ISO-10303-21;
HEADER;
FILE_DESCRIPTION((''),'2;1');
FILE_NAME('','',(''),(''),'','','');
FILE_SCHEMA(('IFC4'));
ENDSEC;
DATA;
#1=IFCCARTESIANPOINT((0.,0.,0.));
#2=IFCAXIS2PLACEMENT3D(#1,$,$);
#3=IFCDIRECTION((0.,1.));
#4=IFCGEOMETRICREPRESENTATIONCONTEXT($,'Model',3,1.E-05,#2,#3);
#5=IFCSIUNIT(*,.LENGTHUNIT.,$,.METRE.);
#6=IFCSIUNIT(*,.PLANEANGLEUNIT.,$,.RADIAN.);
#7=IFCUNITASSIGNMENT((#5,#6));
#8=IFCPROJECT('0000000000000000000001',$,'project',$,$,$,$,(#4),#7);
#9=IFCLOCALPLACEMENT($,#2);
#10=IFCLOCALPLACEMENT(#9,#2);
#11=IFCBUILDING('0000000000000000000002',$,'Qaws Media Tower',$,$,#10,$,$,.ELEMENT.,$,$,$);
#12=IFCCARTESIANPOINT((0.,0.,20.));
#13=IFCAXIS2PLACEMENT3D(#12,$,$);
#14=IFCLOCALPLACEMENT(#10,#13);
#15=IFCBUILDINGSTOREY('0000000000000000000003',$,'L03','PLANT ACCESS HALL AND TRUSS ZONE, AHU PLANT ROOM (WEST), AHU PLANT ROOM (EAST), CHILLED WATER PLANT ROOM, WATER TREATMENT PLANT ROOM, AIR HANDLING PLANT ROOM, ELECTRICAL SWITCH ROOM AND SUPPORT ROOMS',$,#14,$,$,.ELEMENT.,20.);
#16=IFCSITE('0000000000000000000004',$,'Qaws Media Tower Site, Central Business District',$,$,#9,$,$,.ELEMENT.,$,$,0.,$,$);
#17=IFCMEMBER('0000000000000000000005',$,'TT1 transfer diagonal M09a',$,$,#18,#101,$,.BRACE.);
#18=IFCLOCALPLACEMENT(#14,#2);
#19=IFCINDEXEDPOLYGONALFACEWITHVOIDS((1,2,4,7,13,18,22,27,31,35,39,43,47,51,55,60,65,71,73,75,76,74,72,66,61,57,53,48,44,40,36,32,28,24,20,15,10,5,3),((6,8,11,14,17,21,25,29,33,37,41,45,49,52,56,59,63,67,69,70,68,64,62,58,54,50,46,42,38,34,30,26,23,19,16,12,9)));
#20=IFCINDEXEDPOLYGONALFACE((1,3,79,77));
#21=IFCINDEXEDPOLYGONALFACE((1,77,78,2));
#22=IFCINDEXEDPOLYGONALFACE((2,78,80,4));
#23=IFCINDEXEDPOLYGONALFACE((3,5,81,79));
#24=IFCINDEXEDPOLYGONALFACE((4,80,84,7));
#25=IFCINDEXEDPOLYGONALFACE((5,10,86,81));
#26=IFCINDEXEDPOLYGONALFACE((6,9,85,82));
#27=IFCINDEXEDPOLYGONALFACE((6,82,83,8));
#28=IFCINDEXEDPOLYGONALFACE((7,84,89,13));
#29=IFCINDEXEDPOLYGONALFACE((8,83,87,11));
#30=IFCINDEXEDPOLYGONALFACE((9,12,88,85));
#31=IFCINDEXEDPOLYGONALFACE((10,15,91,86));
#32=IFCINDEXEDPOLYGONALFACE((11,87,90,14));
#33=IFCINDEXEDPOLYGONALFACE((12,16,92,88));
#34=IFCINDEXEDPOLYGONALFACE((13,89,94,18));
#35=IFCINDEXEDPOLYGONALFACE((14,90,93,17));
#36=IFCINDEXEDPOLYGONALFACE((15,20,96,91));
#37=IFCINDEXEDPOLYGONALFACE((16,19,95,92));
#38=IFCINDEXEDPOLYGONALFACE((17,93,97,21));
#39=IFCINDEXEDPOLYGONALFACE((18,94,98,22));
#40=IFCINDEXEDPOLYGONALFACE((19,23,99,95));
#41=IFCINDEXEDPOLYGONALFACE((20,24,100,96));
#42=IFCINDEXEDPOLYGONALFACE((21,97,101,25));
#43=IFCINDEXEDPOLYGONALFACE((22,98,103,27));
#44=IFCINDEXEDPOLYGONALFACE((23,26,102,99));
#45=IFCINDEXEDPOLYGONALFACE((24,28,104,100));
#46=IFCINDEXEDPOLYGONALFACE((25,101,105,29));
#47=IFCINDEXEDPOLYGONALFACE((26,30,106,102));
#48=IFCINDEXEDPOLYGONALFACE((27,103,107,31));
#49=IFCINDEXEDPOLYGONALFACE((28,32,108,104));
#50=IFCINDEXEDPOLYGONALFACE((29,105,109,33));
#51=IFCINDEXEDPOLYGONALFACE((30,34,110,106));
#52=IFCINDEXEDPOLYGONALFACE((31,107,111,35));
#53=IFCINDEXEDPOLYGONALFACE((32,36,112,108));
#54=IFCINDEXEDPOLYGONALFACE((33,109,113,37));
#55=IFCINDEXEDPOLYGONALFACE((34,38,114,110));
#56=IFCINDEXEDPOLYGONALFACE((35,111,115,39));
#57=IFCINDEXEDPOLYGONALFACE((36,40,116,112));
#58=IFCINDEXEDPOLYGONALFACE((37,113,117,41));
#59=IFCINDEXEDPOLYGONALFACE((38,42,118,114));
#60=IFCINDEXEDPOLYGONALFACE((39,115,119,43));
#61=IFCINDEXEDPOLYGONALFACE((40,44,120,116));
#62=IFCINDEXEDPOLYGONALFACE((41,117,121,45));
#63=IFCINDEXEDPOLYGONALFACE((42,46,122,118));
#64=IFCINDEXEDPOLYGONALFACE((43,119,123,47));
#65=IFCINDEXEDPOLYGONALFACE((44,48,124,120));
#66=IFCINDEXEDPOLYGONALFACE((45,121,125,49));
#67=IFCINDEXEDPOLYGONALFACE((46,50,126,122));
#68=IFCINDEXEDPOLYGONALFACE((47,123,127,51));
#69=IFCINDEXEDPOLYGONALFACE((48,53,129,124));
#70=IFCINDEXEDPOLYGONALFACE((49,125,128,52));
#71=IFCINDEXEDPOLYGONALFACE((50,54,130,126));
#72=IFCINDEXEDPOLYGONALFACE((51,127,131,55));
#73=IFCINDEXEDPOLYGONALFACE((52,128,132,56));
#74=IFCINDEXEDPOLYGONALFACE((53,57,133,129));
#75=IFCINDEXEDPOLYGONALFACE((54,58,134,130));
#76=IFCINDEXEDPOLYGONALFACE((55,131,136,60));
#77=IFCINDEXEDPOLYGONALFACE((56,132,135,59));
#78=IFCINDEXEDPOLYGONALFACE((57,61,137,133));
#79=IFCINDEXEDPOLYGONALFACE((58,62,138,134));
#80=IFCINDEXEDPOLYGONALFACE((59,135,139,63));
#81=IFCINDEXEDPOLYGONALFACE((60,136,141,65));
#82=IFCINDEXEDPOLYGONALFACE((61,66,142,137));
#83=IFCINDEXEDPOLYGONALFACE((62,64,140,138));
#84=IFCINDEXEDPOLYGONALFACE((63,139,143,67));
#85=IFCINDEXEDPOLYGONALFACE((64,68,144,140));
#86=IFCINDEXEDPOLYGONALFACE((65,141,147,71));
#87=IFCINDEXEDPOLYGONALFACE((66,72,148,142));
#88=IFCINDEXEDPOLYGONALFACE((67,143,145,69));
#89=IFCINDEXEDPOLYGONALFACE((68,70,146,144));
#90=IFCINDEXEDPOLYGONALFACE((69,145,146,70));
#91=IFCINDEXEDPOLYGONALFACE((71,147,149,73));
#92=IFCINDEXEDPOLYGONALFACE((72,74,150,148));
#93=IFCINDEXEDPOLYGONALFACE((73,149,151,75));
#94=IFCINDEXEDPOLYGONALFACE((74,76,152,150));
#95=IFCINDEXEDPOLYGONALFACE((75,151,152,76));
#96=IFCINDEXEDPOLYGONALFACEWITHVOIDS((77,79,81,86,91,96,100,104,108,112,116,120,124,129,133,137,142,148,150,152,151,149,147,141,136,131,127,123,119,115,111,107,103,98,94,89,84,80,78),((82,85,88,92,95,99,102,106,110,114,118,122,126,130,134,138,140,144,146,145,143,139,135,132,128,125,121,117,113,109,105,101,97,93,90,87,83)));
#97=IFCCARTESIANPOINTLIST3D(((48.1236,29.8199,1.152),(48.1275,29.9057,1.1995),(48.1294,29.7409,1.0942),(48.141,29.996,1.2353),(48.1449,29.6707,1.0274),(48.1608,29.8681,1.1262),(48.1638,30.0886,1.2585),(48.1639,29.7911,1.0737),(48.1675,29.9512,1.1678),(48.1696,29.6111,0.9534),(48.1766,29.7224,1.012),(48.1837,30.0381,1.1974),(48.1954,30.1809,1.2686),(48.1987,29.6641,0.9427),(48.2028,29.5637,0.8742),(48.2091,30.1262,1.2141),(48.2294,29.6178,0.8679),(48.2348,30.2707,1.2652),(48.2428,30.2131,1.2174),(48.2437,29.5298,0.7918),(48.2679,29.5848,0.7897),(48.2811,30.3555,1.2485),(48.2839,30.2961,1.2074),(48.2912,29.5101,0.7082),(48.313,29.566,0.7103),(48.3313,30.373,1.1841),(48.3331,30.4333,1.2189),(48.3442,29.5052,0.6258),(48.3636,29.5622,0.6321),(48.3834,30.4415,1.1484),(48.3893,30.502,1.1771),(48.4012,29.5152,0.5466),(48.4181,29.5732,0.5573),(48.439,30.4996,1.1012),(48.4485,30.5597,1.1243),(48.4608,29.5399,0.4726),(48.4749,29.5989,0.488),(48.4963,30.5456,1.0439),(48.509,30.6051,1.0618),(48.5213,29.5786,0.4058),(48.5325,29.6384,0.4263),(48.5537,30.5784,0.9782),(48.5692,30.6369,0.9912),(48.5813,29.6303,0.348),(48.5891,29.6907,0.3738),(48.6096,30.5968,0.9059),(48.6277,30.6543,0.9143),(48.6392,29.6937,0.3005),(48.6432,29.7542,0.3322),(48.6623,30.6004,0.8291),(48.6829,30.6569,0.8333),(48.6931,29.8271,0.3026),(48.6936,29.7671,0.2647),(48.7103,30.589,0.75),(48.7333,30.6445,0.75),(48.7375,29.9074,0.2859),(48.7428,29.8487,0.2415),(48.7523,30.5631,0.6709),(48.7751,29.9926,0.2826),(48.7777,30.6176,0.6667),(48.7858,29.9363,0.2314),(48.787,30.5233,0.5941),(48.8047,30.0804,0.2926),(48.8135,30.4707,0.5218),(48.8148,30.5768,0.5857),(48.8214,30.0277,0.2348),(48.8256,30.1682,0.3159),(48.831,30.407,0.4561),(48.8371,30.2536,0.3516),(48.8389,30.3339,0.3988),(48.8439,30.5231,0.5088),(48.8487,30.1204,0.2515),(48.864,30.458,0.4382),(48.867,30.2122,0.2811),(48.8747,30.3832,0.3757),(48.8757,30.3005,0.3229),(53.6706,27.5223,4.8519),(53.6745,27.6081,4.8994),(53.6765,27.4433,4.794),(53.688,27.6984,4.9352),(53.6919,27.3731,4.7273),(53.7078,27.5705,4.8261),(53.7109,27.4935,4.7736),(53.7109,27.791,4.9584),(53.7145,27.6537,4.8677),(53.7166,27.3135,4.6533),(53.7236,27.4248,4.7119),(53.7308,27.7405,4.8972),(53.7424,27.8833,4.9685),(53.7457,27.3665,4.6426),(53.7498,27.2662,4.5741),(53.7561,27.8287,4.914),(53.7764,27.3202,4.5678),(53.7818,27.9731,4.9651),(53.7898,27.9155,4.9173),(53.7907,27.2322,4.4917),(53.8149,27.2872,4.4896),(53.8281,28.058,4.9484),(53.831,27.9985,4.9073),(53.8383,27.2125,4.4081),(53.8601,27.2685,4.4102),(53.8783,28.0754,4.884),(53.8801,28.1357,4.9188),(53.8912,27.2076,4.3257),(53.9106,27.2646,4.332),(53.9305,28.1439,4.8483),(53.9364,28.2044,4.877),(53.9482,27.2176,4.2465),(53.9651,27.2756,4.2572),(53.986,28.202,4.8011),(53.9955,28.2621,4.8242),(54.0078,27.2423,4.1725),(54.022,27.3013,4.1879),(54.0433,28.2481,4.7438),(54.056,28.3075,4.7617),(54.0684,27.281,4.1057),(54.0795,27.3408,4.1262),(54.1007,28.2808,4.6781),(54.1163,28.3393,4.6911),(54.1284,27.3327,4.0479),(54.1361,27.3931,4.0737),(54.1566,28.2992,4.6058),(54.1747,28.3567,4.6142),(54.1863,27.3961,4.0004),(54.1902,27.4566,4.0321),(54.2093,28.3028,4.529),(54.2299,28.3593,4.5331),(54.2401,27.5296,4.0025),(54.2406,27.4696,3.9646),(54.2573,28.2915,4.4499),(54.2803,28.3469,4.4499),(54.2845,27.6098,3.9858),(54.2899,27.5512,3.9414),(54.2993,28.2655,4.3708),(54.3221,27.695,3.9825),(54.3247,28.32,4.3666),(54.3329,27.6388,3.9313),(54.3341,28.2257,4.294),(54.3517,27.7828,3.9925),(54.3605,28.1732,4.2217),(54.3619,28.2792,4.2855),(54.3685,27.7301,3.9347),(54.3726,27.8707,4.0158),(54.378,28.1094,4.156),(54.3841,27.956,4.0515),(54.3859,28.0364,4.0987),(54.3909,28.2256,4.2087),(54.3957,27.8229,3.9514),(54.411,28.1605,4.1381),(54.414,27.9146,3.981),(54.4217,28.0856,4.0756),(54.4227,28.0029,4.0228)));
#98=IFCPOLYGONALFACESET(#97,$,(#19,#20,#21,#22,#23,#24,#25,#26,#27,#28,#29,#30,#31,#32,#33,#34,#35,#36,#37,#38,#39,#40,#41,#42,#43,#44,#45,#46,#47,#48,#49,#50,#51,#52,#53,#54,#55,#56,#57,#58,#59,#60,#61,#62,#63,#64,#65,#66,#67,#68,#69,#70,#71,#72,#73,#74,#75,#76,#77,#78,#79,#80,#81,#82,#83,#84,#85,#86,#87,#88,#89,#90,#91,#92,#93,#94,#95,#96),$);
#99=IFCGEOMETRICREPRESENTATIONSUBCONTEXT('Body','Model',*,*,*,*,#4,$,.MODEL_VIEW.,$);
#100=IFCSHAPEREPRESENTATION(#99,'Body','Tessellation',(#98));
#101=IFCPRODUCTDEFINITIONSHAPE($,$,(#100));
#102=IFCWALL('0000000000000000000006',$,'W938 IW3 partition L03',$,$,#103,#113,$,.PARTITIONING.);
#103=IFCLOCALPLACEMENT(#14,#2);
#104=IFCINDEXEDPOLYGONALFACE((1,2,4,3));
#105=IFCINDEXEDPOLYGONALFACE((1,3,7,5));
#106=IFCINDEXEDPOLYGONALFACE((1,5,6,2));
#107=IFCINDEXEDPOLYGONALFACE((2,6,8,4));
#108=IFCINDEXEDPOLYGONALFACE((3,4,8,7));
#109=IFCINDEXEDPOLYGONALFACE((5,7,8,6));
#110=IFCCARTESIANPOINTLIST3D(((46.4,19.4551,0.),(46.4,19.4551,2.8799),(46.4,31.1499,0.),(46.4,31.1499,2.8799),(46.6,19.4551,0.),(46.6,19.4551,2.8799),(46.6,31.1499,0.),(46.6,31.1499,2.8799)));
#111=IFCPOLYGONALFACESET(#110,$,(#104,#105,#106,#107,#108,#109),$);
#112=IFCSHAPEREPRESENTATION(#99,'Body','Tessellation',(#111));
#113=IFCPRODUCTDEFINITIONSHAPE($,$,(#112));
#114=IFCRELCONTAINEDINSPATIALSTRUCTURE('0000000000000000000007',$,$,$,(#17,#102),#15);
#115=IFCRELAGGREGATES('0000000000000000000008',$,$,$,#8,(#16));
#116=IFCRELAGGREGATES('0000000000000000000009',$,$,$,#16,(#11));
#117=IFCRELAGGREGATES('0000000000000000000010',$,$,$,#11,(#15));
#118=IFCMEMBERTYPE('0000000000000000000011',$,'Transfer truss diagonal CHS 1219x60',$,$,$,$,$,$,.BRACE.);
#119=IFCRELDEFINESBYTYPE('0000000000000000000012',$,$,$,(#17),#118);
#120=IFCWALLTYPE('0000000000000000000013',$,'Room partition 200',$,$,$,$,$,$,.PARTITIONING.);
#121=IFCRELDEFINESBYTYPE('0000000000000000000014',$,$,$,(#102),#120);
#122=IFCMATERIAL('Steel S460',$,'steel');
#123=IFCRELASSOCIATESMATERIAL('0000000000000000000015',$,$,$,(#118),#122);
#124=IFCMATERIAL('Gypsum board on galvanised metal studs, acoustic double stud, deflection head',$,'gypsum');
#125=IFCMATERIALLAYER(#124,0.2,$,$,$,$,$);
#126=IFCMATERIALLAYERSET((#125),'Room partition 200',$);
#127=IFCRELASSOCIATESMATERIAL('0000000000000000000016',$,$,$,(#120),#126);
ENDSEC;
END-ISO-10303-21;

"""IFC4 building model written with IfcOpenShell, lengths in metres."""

from ifc_helpers import new_model, si_unit, direction, frame, frame_2d, origin, origin_2d, place, context, subcontext, project, spatial, rectangle, hollow_circle, extrude, material, layer, layer_set, material_profile, profile_set, type_object, element, save


model = new_model("IFC4")

# Units and contexts
model_context = context("Model", 3, precision=1e-05, world=origin(), true_north=direction((0.0, 1.0)))
body_context = subcontext(model_context, "Body", "Model", "MODEL_VIEW")
ifc_project = project(units=[si_unit("LENGTHUNIT", "METRE"), si_unit("PLANEANGLEUNIT", "RADIAN")], contexts=[model_context])

# Site, building, storey
site_placement = place(None, origin())
site = spatial("IfcSite", under=ifc_project, at=site_placement, Name="Qaws Media Tower Site, Central Business District", CompositionType="ELEMENT", RefElevation=0.0)
building_placement = place(site_placement, origin())
building = spatial("IfcBuilding", under=site, at=building_placement, Name="Qaws Media Tower", CompositionType="ELEMENT")
storey_placement = place(building_placement, frame((0.0, 0.0, 20.0)))
storey = spatial("IfcBuildingStorey", under=building, at=storey_placement, Name="L03", Description="PLANT ACCESS HALL AND TRUSS ZONE, AHU PLANT ROOM (WEST), AHU PLANT ROOM (EAST), CHILLED WATER PLANT ROOM, WATER TREATMENT PLANT ROOM, AIR HANDLING PLANT ROOM, ELECTRICAL SWITCH ROOM AND SUPPORT ROOMS", CompositionType="ELEMENT", Elevation=20.0)

# Member
ifc_material_1 = material(Name="Steel S460", Category="steel")
ifc_material_profile_1 = material_profile(ifc_material_1, hollow_circle(Radius=0.6096, WallThickness=0.0601, at=origin_2d()), Name="CHS 1219x60")
ifc_profile_set_1 = profile_set([ifc_material_profile_1], Name="Steel S460")
member_type = type_object("IfcMemberType", Name="Transfer truss diagonal CHS 1219x60", PredefinedType="BRACE", material=ifc_profile_set_1)
member_1_placement = place(storey_placement, frame((48.5, 30.0813, 0.75), z_axis=(0.786535, -0.325782, 0.524622), x_axis=(0.382671, 0.923885, 0.0)))
element("IfcMember", 1, at=member_1_placement, inside=storey, type_object=member_type, Name="TT1 transfer diagonal M09a", PredefinedType="BRACE", context=body_context, shape_type="SweptSolid", body=[
    extrude(hollow_circle(Radius=0.6096, WallThickness=0.0601, at=origin_2d()), origin(), (0.0, 0.0, 1.0), 7.0525),
])

# Wall
ifc_material_2 = material(Name="Gypsum board on galvanised metal studs, acoustic double stud, deflection head", Category="gypsum")
ifc_layer = layer(ifc_material_2, 0.2)
ifc_layer_set = layer_set([ifc_layer], Name="Room partition 200")
wall_type = type_object("IfcWallType", Name="Room partition 200", PredefinedType="PARTITIONING", material=ifc_layer_set)
wall_placement = place(storey_placement, frame((46.5, 19.4551, 0.0), z_axis=(0.0, 0.0, 1.0), x_axis=(0.0, 1.0, 0.0)))
element("IfcWall", 2, at=wall_placement, inside=storey, type_object=wall_type, Name="W938 IW3 partition L03", PredefinedType="PARTITIONING", context=body_context, shape_type="SweptSolid", body=[
    extrude(rectangle(XDim=11.6948, YDim=0.2, at=frame_2d((5.8474, 0.0))), origin(), (0.0, 0.0, 1.0), 2.8799),
])

save(model, "model.ifc")
